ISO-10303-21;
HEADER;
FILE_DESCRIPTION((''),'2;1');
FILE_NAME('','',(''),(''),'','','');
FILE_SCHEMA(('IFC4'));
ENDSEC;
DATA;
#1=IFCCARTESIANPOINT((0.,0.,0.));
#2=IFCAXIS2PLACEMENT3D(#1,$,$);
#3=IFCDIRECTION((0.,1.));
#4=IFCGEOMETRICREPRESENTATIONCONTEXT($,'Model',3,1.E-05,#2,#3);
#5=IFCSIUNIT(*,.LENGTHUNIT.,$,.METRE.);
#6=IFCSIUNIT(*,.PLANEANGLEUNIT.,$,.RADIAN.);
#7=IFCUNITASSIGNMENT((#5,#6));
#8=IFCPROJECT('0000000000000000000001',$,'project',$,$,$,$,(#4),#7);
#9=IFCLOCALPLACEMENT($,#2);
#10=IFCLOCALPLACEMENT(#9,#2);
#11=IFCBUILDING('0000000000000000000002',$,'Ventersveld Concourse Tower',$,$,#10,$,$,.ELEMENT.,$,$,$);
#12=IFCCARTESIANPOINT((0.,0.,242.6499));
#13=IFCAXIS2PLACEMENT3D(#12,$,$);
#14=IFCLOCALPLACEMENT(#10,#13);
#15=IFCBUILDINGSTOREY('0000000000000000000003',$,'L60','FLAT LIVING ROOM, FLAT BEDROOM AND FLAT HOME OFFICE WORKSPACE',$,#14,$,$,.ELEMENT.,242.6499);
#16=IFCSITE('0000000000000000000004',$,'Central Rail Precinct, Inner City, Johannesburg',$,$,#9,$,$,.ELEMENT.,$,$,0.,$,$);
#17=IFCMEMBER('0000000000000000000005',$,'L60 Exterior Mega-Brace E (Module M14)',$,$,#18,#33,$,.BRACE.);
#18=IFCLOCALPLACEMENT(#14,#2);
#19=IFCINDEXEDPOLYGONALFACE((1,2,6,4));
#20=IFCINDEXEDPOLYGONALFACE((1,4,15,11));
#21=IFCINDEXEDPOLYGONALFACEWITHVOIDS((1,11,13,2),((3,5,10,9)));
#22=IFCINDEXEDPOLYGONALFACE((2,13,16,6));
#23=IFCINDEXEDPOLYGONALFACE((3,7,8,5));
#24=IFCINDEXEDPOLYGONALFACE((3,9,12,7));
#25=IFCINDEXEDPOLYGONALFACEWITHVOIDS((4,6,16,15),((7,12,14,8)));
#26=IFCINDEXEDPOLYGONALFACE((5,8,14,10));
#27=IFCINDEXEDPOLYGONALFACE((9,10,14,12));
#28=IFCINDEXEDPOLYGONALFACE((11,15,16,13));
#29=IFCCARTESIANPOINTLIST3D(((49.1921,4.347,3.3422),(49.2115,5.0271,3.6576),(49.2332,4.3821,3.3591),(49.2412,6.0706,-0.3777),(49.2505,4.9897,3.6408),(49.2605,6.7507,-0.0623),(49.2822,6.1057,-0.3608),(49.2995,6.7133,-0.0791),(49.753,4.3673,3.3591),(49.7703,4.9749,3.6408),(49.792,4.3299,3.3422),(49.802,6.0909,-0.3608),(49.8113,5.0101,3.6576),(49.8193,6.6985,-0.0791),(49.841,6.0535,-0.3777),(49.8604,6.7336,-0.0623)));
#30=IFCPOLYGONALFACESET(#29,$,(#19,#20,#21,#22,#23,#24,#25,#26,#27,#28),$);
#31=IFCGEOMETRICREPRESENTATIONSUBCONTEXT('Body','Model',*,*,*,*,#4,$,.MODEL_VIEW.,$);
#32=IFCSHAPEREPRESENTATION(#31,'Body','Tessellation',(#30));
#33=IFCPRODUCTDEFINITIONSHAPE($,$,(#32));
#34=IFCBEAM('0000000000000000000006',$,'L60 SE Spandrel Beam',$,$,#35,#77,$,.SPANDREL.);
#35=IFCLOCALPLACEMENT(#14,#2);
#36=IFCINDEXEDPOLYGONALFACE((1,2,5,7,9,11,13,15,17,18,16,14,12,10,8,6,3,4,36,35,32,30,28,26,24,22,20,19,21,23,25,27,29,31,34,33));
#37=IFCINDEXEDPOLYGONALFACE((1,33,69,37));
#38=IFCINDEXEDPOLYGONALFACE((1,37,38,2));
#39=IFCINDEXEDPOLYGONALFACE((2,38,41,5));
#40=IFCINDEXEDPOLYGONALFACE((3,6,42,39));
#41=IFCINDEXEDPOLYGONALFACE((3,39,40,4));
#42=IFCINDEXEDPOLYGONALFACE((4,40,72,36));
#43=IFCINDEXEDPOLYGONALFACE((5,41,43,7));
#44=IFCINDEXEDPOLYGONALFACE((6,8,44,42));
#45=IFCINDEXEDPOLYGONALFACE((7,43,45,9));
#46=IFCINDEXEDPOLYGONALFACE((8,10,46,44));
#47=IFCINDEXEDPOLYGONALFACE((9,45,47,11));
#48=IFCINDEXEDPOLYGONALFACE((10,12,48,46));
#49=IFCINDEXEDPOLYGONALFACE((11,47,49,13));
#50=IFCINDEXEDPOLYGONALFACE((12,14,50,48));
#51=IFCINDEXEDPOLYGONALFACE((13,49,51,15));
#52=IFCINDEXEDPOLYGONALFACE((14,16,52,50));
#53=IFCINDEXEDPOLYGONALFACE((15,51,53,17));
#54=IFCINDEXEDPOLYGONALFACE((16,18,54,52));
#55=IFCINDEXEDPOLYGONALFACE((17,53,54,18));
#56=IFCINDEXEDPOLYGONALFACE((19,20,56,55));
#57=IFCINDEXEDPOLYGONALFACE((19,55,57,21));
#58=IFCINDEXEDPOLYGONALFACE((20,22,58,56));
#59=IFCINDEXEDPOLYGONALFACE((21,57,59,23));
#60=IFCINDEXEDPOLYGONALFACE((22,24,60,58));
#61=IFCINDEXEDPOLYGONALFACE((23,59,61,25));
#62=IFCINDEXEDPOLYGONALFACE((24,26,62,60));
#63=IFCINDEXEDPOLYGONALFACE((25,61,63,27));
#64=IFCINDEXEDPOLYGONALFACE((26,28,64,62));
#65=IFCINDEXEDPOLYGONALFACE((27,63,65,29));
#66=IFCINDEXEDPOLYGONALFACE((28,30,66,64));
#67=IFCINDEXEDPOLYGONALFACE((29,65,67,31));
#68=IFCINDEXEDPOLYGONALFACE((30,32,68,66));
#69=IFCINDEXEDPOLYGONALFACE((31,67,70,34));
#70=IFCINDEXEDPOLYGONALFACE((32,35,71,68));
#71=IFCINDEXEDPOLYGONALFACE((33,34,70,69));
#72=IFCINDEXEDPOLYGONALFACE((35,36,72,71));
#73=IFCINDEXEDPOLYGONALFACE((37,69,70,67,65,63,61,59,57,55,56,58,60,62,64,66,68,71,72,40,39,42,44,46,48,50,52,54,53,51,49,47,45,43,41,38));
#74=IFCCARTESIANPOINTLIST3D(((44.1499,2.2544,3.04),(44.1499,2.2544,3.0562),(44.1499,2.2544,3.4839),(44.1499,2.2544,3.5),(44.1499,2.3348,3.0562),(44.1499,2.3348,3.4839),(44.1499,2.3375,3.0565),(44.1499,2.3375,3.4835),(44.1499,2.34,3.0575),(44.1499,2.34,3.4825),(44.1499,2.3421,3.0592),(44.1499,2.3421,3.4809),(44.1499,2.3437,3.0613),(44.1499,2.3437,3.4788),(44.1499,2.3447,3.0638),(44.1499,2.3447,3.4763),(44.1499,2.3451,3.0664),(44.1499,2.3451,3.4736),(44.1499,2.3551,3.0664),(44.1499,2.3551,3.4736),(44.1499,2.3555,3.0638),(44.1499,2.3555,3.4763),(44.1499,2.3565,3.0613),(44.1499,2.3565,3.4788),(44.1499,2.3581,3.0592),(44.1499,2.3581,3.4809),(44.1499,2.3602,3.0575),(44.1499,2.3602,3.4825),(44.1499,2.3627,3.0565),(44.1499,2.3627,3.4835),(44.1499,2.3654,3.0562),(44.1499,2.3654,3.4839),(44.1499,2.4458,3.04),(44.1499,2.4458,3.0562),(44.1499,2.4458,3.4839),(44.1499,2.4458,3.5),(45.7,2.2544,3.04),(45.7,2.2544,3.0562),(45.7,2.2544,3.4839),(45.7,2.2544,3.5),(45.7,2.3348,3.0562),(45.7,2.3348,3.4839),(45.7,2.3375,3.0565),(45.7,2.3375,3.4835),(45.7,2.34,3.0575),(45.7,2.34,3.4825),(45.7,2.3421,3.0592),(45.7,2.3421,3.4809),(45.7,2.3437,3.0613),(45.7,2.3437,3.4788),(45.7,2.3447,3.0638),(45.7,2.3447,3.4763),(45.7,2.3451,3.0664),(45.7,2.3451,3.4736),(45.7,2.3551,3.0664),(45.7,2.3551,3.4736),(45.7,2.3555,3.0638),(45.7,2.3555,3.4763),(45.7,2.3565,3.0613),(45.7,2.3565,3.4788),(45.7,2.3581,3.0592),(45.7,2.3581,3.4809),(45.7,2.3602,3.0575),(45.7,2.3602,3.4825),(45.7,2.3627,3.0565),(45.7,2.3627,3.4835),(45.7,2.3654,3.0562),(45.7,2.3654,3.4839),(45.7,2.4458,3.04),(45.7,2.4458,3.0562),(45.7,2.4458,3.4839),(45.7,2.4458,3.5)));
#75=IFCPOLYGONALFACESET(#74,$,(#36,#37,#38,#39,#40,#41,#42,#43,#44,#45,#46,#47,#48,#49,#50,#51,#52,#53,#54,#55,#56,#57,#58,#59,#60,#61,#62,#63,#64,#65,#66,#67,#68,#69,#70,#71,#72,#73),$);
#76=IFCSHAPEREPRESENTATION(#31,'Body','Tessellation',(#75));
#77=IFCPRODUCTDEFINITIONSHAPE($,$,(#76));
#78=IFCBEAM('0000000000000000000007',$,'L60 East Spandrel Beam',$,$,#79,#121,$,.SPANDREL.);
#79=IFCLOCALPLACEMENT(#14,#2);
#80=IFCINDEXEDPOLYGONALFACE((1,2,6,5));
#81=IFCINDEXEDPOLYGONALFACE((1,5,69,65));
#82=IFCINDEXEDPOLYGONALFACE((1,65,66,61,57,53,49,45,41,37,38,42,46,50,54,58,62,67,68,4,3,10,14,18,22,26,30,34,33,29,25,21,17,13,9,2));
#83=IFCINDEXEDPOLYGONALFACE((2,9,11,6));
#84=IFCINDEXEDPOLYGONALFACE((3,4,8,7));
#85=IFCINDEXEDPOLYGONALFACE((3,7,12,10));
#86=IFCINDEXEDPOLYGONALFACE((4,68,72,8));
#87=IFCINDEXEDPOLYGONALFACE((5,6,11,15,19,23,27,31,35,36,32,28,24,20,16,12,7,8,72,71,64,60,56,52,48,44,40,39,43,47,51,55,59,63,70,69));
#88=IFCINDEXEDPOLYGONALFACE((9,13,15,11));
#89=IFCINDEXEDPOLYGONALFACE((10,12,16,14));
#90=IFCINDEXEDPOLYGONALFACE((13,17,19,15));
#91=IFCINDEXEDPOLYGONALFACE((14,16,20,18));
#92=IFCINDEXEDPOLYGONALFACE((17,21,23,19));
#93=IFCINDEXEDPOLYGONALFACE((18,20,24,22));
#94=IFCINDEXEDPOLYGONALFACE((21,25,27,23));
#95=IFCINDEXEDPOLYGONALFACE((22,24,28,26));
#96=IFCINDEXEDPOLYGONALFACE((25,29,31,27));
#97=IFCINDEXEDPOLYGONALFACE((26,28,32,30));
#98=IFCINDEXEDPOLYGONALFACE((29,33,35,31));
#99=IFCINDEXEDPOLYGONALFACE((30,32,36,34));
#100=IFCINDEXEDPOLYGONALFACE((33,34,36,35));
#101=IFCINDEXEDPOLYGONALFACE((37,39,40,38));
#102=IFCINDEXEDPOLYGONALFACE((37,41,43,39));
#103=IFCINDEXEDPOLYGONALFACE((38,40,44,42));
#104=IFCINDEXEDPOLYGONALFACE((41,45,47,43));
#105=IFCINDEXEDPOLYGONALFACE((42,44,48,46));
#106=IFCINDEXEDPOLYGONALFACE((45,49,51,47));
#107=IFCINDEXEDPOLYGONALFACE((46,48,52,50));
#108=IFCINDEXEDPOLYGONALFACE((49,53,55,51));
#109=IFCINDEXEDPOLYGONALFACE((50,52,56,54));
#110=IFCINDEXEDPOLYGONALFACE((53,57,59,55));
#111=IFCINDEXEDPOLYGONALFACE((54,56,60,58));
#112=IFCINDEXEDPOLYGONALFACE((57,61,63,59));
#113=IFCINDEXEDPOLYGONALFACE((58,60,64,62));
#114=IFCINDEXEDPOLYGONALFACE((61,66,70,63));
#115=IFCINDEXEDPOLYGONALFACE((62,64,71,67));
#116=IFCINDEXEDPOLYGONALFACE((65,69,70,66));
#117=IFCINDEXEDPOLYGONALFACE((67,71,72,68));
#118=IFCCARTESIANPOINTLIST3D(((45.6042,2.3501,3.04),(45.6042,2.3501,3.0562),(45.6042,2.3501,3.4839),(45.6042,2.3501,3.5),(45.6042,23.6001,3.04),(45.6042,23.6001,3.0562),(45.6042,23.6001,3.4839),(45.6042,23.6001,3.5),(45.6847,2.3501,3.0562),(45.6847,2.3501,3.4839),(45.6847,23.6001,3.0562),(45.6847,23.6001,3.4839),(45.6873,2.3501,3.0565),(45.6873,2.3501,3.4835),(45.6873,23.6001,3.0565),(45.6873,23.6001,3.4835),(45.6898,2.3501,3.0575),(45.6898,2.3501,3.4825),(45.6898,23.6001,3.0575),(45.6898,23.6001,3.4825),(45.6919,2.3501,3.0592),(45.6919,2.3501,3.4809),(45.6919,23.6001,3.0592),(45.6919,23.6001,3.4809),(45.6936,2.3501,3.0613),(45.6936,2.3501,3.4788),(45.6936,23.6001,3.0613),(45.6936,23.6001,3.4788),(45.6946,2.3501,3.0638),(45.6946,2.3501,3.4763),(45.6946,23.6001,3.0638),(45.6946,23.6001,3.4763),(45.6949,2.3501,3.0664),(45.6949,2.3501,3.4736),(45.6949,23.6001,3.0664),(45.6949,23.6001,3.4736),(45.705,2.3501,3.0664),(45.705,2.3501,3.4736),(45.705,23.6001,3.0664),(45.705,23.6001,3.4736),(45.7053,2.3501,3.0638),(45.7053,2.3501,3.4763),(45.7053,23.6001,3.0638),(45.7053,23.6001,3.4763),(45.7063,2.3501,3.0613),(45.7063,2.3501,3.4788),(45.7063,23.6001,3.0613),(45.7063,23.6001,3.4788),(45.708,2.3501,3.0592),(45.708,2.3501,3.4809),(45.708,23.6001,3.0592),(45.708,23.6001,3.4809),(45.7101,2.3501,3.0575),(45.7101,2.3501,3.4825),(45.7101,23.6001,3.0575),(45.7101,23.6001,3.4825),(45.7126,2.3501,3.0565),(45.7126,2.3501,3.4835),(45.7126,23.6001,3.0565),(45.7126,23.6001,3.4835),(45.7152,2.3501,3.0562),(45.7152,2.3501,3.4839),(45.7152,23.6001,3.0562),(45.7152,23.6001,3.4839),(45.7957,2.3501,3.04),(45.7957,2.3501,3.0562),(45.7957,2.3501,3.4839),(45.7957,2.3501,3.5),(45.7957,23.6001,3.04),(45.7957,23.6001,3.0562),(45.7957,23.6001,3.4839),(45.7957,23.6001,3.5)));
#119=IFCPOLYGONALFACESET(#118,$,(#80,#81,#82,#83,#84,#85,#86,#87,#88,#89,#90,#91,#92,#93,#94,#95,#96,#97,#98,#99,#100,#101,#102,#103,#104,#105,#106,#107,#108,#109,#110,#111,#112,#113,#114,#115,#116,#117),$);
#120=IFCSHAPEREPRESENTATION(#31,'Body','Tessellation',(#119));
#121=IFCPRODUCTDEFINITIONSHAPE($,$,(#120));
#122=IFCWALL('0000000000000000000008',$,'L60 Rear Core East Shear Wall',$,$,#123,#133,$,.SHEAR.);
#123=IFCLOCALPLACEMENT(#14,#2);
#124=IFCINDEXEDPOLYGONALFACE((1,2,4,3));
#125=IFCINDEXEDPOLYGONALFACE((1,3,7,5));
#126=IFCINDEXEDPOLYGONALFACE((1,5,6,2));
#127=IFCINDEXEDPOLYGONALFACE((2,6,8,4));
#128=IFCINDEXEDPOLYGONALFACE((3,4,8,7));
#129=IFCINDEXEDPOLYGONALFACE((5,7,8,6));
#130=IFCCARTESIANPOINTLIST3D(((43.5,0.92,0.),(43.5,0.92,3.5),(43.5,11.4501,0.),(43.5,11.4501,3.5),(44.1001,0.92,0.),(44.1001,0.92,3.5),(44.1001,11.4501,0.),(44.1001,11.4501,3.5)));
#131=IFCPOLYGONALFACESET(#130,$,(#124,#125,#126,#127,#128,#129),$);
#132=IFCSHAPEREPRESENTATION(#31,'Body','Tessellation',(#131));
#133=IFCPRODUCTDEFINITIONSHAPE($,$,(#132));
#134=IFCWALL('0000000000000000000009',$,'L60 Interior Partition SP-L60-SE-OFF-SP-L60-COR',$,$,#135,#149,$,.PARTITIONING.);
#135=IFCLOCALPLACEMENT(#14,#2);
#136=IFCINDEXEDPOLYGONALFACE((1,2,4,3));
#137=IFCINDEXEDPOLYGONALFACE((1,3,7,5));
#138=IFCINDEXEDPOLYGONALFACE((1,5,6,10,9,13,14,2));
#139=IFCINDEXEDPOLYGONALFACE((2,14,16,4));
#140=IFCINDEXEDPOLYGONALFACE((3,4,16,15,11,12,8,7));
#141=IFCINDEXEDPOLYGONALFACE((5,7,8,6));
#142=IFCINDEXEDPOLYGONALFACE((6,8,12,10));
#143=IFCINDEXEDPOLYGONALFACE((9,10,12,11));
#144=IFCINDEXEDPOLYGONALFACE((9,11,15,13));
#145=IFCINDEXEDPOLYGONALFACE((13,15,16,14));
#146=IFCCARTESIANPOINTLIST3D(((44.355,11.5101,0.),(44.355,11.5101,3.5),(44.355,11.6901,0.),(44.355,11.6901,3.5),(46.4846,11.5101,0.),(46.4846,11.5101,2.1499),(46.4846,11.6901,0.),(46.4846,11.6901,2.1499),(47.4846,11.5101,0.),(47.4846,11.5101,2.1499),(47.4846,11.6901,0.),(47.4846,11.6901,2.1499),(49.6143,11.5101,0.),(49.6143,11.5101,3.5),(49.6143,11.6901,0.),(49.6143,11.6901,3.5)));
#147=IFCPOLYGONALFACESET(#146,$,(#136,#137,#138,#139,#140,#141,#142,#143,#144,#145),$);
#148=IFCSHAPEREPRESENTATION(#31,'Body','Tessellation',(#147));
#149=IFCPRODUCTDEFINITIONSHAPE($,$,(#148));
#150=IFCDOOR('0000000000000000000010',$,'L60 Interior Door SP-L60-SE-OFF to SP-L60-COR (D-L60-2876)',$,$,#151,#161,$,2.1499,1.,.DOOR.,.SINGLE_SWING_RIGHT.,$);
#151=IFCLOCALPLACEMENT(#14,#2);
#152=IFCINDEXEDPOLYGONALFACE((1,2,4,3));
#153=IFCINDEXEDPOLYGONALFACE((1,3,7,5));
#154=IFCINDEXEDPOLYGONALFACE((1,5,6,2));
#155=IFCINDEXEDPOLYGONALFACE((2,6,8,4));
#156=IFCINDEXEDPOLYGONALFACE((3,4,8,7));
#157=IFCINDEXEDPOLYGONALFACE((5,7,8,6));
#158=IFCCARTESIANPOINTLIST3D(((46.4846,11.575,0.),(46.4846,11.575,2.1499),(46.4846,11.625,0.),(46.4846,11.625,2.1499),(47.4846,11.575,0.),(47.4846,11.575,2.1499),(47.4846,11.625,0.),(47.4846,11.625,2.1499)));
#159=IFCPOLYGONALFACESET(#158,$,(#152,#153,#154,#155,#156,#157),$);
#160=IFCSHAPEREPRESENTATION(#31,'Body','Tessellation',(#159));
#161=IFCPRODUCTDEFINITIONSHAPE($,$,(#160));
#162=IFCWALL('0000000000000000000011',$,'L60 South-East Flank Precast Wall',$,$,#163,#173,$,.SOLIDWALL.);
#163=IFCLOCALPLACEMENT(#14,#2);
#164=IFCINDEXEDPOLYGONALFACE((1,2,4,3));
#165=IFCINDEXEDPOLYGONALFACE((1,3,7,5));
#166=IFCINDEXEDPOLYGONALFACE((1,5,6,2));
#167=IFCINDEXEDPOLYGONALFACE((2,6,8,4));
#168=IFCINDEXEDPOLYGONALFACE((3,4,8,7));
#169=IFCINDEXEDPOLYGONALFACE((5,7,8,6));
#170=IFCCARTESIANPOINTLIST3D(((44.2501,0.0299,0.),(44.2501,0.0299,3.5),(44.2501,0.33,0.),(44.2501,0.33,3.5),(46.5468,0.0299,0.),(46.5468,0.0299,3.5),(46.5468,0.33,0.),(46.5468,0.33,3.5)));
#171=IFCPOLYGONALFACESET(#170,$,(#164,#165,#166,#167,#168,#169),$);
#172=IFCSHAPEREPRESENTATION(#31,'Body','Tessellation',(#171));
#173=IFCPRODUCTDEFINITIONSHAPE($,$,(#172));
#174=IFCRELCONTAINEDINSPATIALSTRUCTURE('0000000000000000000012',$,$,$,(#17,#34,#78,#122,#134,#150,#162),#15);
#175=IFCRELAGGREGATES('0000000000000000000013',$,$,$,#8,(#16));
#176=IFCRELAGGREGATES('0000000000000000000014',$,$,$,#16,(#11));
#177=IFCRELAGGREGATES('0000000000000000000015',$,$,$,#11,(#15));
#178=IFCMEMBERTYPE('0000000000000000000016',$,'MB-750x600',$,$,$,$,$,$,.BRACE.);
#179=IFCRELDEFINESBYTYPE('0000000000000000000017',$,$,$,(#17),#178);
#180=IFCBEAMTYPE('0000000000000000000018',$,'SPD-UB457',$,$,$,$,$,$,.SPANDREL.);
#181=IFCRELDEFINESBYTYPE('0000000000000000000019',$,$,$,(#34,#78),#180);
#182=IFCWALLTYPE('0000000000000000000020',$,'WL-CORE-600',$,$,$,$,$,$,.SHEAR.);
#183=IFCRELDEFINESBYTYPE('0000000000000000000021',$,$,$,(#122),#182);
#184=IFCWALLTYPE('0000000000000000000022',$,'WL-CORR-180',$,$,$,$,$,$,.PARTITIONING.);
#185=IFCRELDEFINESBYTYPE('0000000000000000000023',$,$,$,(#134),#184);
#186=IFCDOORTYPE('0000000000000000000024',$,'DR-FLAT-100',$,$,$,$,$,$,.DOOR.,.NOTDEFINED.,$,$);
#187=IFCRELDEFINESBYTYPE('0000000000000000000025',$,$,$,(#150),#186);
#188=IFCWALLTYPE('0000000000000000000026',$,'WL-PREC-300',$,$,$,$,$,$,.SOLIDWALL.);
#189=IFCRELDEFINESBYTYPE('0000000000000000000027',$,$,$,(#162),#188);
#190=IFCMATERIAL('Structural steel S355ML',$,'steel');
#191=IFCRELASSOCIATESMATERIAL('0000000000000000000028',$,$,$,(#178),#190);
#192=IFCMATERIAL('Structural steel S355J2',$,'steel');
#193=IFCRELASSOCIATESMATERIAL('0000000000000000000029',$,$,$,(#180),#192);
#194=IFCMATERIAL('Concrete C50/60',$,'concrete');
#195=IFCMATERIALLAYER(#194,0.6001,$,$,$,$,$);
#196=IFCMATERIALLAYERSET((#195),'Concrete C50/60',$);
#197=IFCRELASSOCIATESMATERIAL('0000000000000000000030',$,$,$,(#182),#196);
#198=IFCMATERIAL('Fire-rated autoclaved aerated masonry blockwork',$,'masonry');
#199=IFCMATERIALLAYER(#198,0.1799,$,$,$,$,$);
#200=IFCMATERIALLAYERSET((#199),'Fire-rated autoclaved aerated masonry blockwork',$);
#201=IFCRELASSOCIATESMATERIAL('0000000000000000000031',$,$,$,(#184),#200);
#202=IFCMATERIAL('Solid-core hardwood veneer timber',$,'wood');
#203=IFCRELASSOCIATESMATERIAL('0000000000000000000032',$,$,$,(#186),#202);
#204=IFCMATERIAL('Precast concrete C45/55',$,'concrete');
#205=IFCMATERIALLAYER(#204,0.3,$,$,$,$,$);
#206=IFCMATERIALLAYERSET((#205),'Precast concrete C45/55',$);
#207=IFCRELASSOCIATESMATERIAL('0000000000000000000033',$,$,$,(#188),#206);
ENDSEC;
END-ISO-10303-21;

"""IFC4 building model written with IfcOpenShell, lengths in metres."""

from ifc_helpers import new_model, si_unit, direction, frame, frame_2d, origin, origin_2d, place, context, subcontext, project, spatial, rectangle, hollow_rectangle, i_section, extrude, material, layer, layer_set, material_profile, profile_set, type_object, element, fill, save


model = new_model("IFC4")

# Units and contexts
model_context = context("Model", 3, precision=1e-05, world=origin(), true_north=direction((0.0, 1.0)))
body_context = subcontext(model_context, "Body", "Model", "MODEL_VIEW")
ifc_project = project(units=[si_unit("LENGTHUNIT", "METRE"), si_unit("PLANEANGLEUNIT", "RADIAN")], contexts=[model_context])

# Site, building, storey
site_placement = place(None, origin())
site = spatial("IfcSite", under=ifc_project, at=site_placement, Name="Central Rail Precinct, Inner City, Johannesburg", CompositionType="ELEMENT", RefElevation=0.0)
building_placement = place(site_placement, origin())
building = spatial("IfcBuilding", under=site, at=building_placement, Name="Ventersveld Concourse Tower", CompositionType="ELEMENT")
storey_placement = place(building_placement, frame((0.0, 0.0, 242.6499)))
storey = spatial("IfcBuildingStorey", under=building, at=storey_placement, Name="L60", Description="FLAT LIVING ROOM, FLAT BEDROOM AND FLAT HOME OFFICE WORKSPACE", CompositionType="ELEMENT", Elevation=242.6499)

# Shared definitions
ifc_material_1 = material(Name="Concrete C50/60", Category="concrete")

# Shared definitions
ifc_material_2 = material(Name="Structural steel S355J2", Category="steel")

# Member
ifc_material_3 = material(Name="Structural steel S355ML", Category="steel")
ifc_material_profile_1 = material_profile(ifc_material_3, hollow_rectangle(XDim=0.6001, YDim=0.75, WallThickness=0.04, at=origin_2d()), Name="BOX 750x600x40")
ifc_profile_set_1 = profile_set([ifc_material_profile_1], Name="Structural steel S355ML")
member_type = type_object("IfcMemberType", Name="MB-750x600", PredefinedType="BRACE", material=ifc_profile_set_1)
member_placement = place(storey_placement, frame((49.5508, 6.4021, -0.22), z_axis=(-0.011968, -0.420379, 0.907269), x_axis=(0.999595, -0.028459, 0.0)))
element("IfcMember", 1, at=member_placement, inside=storey, type_object=member_type, Name="L60 Exterior Mega-Brace E (Module M14)", PredefinedType="BRACE", context=body_context, shape_type="SweptSolid", body=[
    extrude(hollow_rectangle(XDim=0.6001, YDim=0.75, WallThickness=0.04, at=origin_2d()), origin(), (0.0, 0.0, 1.0), 4.1001),
])

# Beams
ifc_material_profile_2 = material_profile(ifc_material_2, i_section(OverallWidth=0.1914, OverallDepth=0.46, WebThickness=0.01, FlangeThickness=0.0161, FilletRadius=0.0103, at=origin_2d()), Name="UB 457x191x82")
ifc_profile_set_2 = profile_set([ifc_material_profile_2], Name="Structural steel S355J2")
beam_type_1 = type_object("IfcBeamType", Name="SPD-UB457", PredefinedType="SPANDREL", material=ifc_profile_set_2)
beam_1_placement = place(storey_placement, frame((44.1499, 2.3501, 3.27), z_axis=(1.0, 0.0, 0.0), x_axis=(0.0, 1.0, 0.0)))
element("IfcBeam", 2, at=beam_1_placement, inside=storey, type_object=beam_type_1, Name="L60 SE Spandrel Beam", PredefinedType="SPANDREL", context=body_context, shape_type="SweptSolid", body=[
    extrude(i_section(OverallWidth=0.1914, OverallDepth=0.46, WebThickness=0.01, FlangeThickness=0.0161, FilletRadius=0.0103, at=origin_2d()), origin(), (0.0, 0.0, 1.0), 1.55),
])
beam_2_placement = place(storey_placement, frame((45.7, 2.3501, 3.27), z_axis=(0.0, 1.0, 0.0), x_axis=(-1.0, 0.0, 0.0)))
element("IfcBeam", 3, at=beam_2_placement, inside=storey, type_object=beam_type_1, Name="L60 East Spandrel Beam", PredefinedType="SPANDREL", context=body_context, shape_type="SweptSolid", body=[
    extrude(i_section(OverallWidth=0.1914, OverallDepth=0.46, WebThickness=0.01, FlangeThickness=0.0161, FilletRadius=0.0103, at=origin_2d()), origin(), (0.0, 0.0, 1.0), 21.25),
])

# Wall
ifc_layer_1 = layer(ifc_material_1, 0.6001)
ifc_layer_set_1 = layer_set([ifc_layer_1], Name="Concrete C50/60")
wall_type_1 = type_object("IfcWallType", Name="WL-CORE-600", PredefinedType="SHEAR", material=ifc_layer_set_1)
wall_1_placement = place(storey_placement, frame((43.8, 0.9199, 0.0), z_axis=(0.0, 0.0, 1.0), x_axis=(0.0, 1.0, 0.0)))
element("IfcWall", 4, at=wall_1_placement, inside=storey, type_object=wall_type_1, Name="L60 Rear Core East Shear Wall", PredefinedType="SHEAR", context=body_context, shape_type="SweptSolid", body=[
    extrude(rectangle(XDim=10.53, YDim=0.6001, at=frame_2d((5.2651, 0.0))), origin(), (0.0, 0.0, 1.0), 3.5),
])

# Wall, opening, door
ifc_material_4 = material(Name="Fire-rated autoclaved aerated masonry blockwork", Category="masonry")
ifc_layer_2 = layer(ifc_material_4, 0.1799)
ifc_layer_set_2 = layer_set([ifc_layer_2], Name="Fire-rated autoclaved aerated masonry blockwork")
wall_type_2 = type_object("IfcWallType", Name="WL-CORR-180", PredefinedType="PARTITIONING", material=ifc_layer_set_2)
wall_2_placement = place(storey_placement, frame((44.355, 11.6001, 0.0), z_axis=(0.0, 0.0, 1.0), x_axis=(1.0, 0.0, 0.0)))
wall_2 = element("IfcWall", 5, at=wall_2_placement, inside=storey, type_object=wall_type_2, Name="L60 Interior Partition SP-L60-SE-OFF-SP-L60-COR", PredefinedType="PARTITIONING", context=body_context, shape_type="SweptSolid", body=[
    extrude(rectangle(XDim=5.2593, YDim=0.1799, at=frame_2d((2.6296, 0.0))), origin(), (0.0, 0.0, 1.0), 3.5),
])
opening_1_placement = place(wall_2_placement, frame((2.1296, 0.0, 0.0)))
opening_1 = element("IfcOpeningElement", 6, at=opening_1_placement, cuts=wall_2, PredefinedType="OPENING", context=body_context, shape_type="SweptSolid", body=[
    extrude(rectangle(XDim=1.0, YDim=2.1499, at=frame_2d((0.5, 1.075))), frame((0.0, 0.1001, 0.0), z_axis=(0.0, -1.0, 0.0), x_axis=(1.0, 0.0, 0.0)), (0.0, 0.0, 1.0), 0.2),
])
ifc_material_5 = material(Name="Solid-core hardwood veneer timber", Category="wood")
door_type = type_object("IfcDoorType", Name="DR-FLAT-100", OperationType="NOTDEFINED", PredefinedType="DOOR", material=ifc_material_5)
door_placement = place(opening_1_placement, origin())
door = element("IfcDoor", 7, at=door_placement, inside=storey, type_object=door_type, Name="L60 Interior Door SP-L60-SE-OFF to SP-L60-COR (D-L60-2876)", OperationType="SINGLE_SWING_RIGHT", OverallHeight=2.1499, OverallWidth=1.0, PredefinedType="DOOR", context=body_context, shape_type="SweptSolid", body=[
    extrude(rectangle(XDim=1.0, YDim=2.1499, at=frame_2d((0.5, 1.075))), frame((0.0, 0.0249, 0.0), z_axis=(0.0, -1.0, 0.0), x_axis=(1.0, 0.0, 0.0)), (0.0, 0.0, 1.0), 0.05),
])
fill(opening_1, door)

# Wall
ifc_material_6 = material(Name="Precast concrete C45/55", Category="concrete")
ifc_layer_3 = layer(ifc_material_6, 0.3)
ifc_layer_set_3 = layer_set([ifc_layer_3], Name="Precast concrete C45/55")
wall_type_3 = type_object("IfcWallType", Name="WL-PREC-300", PredefinedType="SOLIDWALL", material=ifc_layer_set_3)
wall_3_placement = place(storey_placement, frame((44.25, 0.1799, 0.0), z_axis=(0.0, 0.0, 1.0), x_axis=(1.0, 0.0, 0.0)))
element("IfcWall", 8, at=wall_3_placement, inside=storey, type_object=wall_type_3, Name="L60 South-East Flank Precast Wall", PredefinedType="SOLIDWALL", context=body_context, shape_type="SweptSolid", body=[
    extrude(rectangle(XDim=2.2966, YDim=0.3, at=frame_2d((1.1484, 0.0))), origin(), (0.0, 0.0, 1.0), 3.5),
])

save(model, "model.ifc")
